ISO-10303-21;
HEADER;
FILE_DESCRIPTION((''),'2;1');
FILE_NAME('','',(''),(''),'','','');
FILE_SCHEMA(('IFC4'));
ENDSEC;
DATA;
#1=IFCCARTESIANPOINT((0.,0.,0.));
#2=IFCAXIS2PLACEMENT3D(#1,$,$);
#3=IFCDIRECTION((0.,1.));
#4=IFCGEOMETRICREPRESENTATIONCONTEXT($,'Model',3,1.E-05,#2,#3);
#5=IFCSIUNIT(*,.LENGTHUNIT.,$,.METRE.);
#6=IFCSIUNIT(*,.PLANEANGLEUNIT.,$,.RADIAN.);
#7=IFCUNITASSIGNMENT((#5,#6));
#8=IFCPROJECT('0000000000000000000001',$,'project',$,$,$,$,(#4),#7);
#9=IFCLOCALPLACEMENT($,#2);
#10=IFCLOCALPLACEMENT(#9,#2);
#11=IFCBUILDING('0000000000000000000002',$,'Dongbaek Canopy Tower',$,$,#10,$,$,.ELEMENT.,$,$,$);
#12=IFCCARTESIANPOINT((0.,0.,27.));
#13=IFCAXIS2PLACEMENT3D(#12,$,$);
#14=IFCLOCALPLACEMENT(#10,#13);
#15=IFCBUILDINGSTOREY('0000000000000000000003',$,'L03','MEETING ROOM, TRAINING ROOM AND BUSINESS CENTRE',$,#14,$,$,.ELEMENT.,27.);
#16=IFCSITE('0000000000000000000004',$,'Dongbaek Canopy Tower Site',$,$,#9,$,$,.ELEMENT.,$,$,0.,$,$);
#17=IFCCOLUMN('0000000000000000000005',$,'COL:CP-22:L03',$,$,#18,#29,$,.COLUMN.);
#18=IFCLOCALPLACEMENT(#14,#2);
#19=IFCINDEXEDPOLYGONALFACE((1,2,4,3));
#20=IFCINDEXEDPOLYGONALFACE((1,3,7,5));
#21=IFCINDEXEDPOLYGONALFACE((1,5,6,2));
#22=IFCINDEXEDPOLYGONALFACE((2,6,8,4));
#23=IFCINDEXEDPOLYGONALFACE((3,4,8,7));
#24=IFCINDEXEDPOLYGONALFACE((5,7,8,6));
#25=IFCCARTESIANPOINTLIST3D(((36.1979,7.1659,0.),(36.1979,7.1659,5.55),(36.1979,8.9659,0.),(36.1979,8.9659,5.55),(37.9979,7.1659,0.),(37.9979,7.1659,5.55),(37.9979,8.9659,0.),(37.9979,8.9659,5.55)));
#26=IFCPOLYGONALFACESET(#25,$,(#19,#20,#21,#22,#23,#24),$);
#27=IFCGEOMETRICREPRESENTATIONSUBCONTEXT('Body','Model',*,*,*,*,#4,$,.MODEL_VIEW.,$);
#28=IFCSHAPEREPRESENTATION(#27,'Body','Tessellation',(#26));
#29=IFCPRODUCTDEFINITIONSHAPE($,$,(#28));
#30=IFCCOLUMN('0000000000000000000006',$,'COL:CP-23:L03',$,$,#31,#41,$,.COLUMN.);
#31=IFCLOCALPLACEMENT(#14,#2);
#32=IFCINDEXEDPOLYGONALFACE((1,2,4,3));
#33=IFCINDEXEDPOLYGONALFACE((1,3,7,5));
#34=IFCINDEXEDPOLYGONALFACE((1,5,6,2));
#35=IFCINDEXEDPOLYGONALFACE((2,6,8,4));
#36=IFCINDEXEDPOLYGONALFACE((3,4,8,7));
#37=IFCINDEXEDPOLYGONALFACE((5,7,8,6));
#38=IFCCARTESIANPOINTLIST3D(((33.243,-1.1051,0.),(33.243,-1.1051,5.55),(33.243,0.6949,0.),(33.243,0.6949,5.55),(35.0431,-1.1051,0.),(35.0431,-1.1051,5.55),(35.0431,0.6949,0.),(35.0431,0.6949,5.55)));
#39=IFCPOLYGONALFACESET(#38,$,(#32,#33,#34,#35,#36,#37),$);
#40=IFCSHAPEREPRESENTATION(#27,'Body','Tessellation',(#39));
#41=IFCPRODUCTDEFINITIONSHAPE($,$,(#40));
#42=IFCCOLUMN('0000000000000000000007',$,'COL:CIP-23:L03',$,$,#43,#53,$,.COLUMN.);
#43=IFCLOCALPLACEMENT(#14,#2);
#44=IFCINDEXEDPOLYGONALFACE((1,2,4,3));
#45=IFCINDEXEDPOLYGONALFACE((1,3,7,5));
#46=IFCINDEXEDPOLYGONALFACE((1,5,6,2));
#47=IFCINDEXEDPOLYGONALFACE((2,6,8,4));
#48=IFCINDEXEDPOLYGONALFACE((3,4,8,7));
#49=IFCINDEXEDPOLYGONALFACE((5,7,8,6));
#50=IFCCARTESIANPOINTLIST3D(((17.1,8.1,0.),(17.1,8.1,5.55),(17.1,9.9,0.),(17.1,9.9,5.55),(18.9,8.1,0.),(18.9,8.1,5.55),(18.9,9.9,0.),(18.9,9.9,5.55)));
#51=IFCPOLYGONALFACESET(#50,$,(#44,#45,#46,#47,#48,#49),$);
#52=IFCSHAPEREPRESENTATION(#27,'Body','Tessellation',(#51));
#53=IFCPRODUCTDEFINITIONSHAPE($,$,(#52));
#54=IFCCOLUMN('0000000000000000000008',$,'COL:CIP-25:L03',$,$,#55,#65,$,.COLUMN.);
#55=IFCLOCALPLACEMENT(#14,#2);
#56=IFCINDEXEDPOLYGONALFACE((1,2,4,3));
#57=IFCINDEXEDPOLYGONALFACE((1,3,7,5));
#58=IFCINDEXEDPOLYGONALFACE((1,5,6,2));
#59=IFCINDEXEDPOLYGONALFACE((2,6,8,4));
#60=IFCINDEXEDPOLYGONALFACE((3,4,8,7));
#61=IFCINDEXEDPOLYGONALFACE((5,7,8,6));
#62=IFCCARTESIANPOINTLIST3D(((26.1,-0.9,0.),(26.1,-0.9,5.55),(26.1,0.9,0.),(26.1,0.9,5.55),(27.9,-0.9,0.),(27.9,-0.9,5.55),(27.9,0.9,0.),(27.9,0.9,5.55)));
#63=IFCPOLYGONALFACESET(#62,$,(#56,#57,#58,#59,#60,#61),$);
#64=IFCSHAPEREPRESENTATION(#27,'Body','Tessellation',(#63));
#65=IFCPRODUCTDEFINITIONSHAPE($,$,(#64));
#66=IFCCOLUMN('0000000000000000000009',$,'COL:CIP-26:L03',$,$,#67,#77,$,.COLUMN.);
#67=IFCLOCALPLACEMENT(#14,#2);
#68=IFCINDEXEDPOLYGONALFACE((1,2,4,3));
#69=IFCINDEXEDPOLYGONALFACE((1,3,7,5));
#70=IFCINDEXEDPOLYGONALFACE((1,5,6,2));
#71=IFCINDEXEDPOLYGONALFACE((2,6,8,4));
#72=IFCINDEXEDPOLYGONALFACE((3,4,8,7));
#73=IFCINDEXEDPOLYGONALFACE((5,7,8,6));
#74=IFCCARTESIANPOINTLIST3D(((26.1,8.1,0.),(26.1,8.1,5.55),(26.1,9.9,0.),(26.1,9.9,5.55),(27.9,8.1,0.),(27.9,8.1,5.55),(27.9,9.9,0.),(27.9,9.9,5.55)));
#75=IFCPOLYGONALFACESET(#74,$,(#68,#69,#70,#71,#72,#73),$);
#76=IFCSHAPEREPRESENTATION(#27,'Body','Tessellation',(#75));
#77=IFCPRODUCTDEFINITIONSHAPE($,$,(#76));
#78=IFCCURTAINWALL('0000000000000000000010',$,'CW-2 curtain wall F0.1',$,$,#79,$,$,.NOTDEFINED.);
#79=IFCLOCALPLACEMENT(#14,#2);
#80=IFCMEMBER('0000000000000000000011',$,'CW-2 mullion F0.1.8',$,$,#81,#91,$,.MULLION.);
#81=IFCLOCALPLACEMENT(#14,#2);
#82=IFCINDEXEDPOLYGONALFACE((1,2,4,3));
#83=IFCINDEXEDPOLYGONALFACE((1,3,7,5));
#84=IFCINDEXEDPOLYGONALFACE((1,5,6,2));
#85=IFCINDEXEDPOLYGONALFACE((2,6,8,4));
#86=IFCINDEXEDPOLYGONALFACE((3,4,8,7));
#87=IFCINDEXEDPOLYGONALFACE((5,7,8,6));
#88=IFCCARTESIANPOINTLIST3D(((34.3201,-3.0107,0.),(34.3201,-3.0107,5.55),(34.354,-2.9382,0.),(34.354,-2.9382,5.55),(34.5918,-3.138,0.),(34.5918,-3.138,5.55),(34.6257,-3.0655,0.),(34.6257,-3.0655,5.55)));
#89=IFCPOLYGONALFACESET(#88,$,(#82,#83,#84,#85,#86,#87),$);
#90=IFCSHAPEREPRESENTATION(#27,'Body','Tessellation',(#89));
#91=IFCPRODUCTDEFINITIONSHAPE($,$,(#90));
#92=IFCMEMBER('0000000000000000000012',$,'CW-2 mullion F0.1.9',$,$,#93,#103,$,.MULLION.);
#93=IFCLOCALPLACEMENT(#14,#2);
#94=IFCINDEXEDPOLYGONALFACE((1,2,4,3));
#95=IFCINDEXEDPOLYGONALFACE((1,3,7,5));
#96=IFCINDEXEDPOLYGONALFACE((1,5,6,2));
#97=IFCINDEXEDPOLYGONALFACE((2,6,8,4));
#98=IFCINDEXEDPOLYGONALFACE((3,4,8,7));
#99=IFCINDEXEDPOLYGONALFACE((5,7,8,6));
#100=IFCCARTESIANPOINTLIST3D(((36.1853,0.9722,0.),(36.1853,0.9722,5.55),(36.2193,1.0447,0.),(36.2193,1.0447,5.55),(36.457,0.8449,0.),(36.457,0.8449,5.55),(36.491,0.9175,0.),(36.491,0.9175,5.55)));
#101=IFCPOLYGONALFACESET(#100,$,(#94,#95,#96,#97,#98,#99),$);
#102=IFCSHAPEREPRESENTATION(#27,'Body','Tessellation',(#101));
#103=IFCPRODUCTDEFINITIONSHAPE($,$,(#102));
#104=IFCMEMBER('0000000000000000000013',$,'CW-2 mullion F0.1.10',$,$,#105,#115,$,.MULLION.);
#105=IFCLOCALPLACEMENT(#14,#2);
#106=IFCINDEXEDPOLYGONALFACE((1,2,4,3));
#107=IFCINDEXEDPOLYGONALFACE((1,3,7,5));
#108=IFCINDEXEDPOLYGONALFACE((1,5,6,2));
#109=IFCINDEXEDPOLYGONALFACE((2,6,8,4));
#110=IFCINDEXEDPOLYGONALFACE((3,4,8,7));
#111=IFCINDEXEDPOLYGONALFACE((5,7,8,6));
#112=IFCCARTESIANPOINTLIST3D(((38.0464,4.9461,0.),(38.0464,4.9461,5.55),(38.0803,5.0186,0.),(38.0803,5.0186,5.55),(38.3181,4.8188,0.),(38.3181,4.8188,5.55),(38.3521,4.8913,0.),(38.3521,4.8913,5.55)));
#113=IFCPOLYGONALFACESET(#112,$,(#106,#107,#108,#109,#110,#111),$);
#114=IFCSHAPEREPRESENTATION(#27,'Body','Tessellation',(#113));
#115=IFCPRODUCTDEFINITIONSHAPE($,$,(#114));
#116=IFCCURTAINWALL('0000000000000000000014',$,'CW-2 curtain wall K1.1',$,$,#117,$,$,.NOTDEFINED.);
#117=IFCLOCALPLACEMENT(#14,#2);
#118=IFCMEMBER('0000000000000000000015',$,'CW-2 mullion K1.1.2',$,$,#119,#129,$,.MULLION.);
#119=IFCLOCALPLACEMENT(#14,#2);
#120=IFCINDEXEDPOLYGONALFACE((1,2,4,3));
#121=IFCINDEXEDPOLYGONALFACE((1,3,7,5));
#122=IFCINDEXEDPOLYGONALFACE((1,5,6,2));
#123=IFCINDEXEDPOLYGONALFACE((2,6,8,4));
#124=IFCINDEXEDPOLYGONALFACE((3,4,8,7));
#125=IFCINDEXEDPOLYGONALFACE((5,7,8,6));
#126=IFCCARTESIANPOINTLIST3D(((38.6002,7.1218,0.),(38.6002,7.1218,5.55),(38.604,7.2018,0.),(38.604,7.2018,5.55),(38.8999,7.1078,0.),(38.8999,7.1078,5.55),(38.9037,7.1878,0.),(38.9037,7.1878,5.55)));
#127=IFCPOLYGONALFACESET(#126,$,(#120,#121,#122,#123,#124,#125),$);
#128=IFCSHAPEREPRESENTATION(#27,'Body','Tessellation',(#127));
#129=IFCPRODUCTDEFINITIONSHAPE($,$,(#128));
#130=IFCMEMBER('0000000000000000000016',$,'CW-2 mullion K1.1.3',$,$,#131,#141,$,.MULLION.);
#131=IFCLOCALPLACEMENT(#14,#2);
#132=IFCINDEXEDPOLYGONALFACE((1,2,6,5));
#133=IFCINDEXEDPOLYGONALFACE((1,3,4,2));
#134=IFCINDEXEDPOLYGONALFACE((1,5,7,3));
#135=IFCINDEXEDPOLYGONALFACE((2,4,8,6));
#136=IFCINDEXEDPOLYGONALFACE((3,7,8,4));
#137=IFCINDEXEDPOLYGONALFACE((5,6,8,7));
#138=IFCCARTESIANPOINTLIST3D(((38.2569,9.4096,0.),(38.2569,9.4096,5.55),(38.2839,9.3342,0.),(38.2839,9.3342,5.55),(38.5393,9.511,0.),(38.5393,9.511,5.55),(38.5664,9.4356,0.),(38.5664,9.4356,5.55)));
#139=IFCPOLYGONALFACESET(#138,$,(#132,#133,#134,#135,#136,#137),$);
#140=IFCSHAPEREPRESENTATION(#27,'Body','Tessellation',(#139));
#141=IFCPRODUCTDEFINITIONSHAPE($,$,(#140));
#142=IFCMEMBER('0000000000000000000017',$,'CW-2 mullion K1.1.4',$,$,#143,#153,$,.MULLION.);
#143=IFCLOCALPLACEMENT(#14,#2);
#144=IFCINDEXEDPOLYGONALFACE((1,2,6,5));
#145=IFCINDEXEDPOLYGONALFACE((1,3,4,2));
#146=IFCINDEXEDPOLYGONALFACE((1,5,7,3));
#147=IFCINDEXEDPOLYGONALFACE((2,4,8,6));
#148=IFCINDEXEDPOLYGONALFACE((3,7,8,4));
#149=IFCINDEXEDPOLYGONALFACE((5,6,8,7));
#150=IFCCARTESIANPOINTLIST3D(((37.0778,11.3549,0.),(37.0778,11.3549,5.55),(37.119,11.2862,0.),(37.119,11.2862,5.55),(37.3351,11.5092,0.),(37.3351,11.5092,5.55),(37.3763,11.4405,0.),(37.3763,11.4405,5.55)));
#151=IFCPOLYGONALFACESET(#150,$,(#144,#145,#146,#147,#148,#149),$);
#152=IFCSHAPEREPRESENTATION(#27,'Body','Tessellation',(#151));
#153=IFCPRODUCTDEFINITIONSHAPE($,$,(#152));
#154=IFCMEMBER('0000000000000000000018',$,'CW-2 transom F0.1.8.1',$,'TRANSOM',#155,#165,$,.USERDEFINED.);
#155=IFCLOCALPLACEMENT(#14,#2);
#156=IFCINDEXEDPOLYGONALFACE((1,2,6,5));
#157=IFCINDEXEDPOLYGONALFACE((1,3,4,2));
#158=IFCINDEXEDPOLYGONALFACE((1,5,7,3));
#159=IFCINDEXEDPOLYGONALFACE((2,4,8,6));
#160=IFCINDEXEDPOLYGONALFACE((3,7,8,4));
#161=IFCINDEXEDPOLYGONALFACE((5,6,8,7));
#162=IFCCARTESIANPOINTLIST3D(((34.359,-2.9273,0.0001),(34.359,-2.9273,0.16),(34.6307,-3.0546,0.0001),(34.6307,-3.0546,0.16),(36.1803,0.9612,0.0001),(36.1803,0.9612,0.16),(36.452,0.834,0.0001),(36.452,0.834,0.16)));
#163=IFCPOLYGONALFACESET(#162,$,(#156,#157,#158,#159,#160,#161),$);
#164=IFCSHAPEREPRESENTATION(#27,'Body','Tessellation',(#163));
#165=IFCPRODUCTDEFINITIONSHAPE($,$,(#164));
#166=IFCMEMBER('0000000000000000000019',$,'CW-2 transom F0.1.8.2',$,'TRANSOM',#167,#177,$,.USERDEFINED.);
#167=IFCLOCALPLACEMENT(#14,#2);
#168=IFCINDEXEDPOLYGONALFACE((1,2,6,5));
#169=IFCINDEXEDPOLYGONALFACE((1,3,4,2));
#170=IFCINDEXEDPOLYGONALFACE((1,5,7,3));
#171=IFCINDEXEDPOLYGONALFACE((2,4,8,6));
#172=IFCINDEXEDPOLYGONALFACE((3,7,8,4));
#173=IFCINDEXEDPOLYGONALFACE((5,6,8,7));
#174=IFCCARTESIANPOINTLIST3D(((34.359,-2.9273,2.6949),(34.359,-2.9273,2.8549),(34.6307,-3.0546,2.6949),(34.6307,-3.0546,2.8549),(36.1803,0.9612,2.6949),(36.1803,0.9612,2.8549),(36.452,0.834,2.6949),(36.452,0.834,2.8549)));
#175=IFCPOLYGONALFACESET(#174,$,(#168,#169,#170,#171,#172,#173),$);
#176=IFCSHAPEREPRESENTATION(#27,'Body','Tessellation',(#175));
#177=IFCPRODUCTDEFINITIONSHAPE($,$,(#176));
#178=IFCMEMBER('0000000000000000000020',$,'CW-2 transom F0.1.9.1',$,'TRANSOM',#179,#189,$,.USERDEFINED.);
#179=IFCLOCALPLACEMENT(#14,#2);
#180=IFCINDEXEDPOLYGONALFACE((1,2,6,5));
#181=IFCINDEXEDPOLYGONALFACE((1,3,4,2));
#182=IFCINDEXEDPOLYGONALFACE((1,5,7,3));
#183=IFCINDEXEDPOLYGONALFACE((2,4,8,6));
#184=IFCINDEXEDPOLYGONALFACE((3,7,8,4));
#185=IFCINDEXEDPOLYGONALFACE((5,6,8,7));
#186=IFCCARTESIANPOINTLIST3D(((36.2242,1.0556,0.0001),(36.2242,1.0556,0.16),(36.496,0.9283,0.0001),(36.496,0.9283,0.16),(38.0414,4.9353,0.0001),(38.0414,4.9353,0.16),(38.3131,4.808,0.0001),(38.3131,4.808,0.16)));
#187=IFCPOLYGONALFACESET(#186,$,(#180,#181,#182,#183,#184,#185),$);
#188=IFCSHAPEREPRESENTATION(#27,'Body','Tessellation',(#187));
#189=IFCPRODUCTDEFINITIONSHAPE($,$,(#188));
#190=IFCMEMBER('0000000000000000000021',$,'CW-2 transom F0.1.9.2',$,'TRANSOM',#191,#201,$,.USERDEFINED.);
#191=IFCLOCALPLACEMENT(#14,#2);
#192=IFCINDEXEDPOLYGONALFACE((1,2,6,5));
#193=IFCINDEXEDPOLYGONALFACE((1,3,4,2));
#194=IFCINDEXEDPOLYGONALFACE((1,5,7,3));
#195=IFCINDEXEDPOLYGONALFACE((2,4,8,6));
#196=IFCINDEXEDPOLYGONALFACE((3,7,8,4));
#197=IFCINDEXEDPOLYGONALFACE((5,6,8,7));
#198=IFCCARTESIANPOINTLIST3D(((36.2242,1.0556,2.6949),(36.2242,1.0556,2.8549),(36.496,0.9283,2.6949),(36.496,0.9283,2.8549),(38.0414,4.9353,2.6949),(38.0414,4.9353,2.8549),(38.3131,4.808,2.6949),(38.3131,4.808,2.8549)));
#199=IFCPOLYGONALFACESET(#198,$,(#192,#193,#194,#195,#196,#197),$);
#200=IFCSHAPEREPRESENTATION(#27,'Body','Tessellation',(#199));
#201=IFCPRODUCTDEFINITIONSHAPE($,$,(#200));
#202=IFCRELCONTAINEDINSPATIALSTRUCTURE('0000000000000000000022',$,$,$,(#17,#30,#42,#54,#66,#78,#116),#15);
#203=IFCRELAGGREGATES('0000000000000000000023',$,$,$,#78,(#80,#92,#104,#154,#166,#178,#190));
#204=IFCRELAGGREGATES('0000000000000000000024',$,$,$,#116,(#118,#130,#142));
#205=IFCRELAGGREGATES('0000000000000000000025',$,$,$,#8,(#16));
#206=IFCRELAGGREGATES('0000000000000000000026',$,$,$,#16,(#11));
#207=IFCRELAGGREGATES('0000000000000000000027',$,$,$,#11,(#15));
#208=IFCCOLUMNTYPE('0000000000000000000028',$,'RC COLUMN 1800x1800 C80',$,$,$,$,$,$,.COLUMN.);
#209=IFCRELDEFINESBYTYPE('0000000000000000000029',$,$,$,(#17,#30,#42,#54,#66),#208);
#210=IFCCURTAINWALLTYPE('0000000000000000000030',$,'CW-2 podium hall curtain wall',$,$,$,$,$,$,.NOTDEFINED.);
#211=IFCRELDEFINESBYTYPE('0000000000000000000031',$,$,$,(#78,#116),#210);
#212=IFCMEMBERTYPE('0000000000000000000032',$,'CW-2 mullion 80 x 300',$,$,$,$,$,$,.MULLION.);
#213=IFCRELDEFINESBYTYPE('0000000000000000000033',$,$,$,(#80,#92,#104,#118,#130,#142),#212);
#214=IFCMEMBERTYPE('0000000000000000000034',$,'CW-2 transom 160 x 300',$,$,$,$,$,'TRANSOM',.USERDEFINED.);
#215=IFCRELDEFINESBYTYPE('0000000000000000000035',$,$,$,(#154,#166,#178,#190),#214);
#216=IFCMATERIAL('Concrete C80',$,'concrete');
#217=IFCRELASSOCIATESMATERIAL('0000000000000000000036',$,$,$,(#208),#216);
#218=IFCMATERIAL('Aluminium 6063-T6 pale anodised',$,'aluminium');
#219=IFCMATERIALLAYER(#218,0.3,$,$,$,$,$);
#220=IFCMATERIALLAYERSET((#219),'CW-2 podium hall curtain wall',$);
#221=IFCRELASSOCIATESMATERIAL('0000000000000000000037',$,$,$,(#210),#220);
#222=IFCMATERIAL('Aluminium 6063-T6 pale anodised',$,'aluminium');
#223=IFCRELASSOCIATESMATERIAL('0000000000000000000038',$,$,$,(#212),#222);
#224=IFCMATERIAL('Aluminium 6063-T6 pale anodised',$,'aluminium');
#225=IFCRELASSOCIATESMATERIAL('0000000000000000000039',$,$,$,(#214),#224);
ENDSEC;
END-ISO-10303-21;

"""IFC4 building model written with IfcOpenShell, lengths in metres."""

from ifc_helpers import new_model, si_unit, direction, frame, origin, origin_2d, place, context, subcontext, project, spatial, rectangle, extrude, material, layer, layer_set, material_profile, profile_set, type_object, element, aggregate, save


model = new_model("IFC4")

# Units and contexts
model_context = context("Model", 3, precision=1e-05, world=origin(), true_north=direction((0.0, 1.0)))
body_context = subcontext(model_context, "Body", "Model", "MODEL_VIEW")
ifc_project = project(units=[si_unit("LENGTHUNIT", "METRE"), si_unit("PLANEANGLEUNIT", "RADIAN")], contexts=[model_context])

# Site, building, storey
site_placement = place(None, origin())
site = spatial("IfcSite", under=ifc_project, at=site_placement, Name="Dongbaek Canopy Tower Site", CompositionType="ELEMENT", RefElevation=0.0)
building_placement = place(site_placement, origin())
building = spatial("IfcBuilding", under=site, at=building_placement, Name="Dongbaek Canopy Tower", CompositionType="ELEMENT")
storey_placement = place(building_placement, frame((0.0, 0.0, 27.0)))
storey = spatial("IfcBuildingStorey", under=building, at=storey_placement, Name="L03", Description="MEETING ROOM, TRAINING ROOM AND BUSINESS CENTRE", CompositionType="ELEMENT", Elevation=27.0)

# Columns
ifc_material_1 = material(Name="Concrete C80", Category="concrete")
ifc_material_profile_1 = material_profile(ifc_material_1, rectangle(XDim=1.8, YDim=1.8, at=origin_2d()), Name="RC COLUMN 1800x1800 C80")
ifc_profile_set_1 = profile_set([ifc_material_profile_1], Name="Concrete C80")
column_type = type_object("IfcColumnType", Name="RC COLUMN 1800x1800 C80", PredefinedType="COLUMN", material=ifc_profile_set_1)
for number, where, z_axis, x_axis, name in (
    (1, (37.0979, 8.0659, 0.0), (0.0, 0.0, 1.0), (1.0, 0.0, 0.0), "COL:CP-22:L03"),
    (2, (34.1431, -0.2051, 0.0), (0.0, 0.0, 1.0), (1.0, 0.0, 0.0), "COL:CP-23:L03"),
    (3, (18.0, 9.0, 0.0), (0.0, 0.0, 1.0), (1.0, 0.0, 0.0), "COL:CIP-23:L03"),
    (4, (27.0, 0.0, 0.0), (0.0, 0.0, 1.0), (1.0, 0.0, 0.0), "COL:CIP-25:L03"),
    (5, (27.0, 9.0, 0.0), (0.0, 0.0, 1.0), (1.0, 0.0, 0.0), "COL:CIP-26:L03"),
):
    element("IfcColumn", number, at=place(storey_placement, frame(where, z_axis=z_axis, x_axis=x_axis)), inside=storey, type_object=column_type, Name=name, PredefinedType="COLUMN", context=body_context, shape_type="SweptSolid", body=[
        extrude(rectangle(XDim=1.8, YDim=1.8, at=origin_2d()), origin(), (0.0, 0.0, 1.0), 5.55),
    ])

# Curtain walls, members
ifc_material_2 = material(Name="Aluminium 6063-T6 pale anodised", Category="aluminium")
ifc_layer_1 = layer(ifc_material_2, 0.3)
ifc_layer_set_1 = layer_set([ifc_layer_1], Name="CW-2 podium hall curtain wall")
curtain_wall_type = type_object("IfcCurtainWallType", Name="CW-2 podium hall curtain wall", PredefinedType="NOTDEFINED", material=ifc_layer_set_1)
curtain_wall_1_placement = place(storey_placement, origin())
curtain_wall_1 = element("IfcCurtainWall", 6, at=curtain_wall_1_placement, inside=storey, type_object=curtain_wall_type, Name="CW-2 curtain wall F0.1", PredefinedType="NOTDEFINED")
ifc_material_3 = material(Name="Aluminium 6063-T6 pale anodised", Category="aluminium")
ifc_material_profile_2 = material_profile(ifc_material_3, rectangle(XDim=0.3, YDim=0.0801, at=origin_2d()), Name="CW-2 mullion 80 x 300")
ifc_profile_set_2 = profile_set([ifc_material_profile_2], Name="Aluminium 6063-T6 pale anodised")
member_type_1 = type_object("IfcMemberType", Name="CW-2 mullion 80 x 300", PredefinedType="MULLION", material=ifc_profile_set_2)
member_1_placement = place(storey_placement, frame((34.4729, -3.0381, 0.0), z_axis=(0.0, 0.0, 1.0), x_axis=(0.905605, -0.424123, 0.0)))
member_1 = element("IfcMember", 7, at=member_1_placement, type_object=member_type_1, Name="CW-2 mullion F0.1.8", PredefinedType="MULLION", context=body_context, shape_type="SweptSolid", body=[
    extrude(rectangle(XDim=0.3, YDim=0.0801, at=origin_2d()), origin(), (0.0, 0.0, 1.0), 5.55),
])
member_2_placement = place(storey_placement, frame((36.3381, 0.9448, 0.0), z_axis=(0.0, 0.0, 1.0), x_axis=(0.905605, -0.424123, 0.0)))
member_2 = element("IfcMember", 8, at=member_2_placement, type_object=member_type_1, Name="CW-2 mullion F0.1.9", PredefinedType="MULLION", context=body_context, shape_type="SweptSolid", body=[
    extrude(rectangle(XDim=0.3, YDim=0.0801, at=origin_2d()), origin(), (0.0, 0.0, 1.0), 5.55),
])
member_3_placement = place(storey_placement, frame((38.1992, 4.9187, 0.0), z_axis=(0.0, 0.0, 1.0), x_axis=(0.905605, -0.424123, 0.0)))
member_3 = element("IfcMember", 9, at=member_3_placement, type_object=member_type_1, Name="CW-2 mullion F0.1.10", PredefinedType="MULLION", context=body_context, shape_type="SweptSolid", body=[
    extrude(rectangle(XDim=0.3, YDim=0.0801, at=origin_2d()), origin(), (0.0, 0.0, 1.0), 5.55),
])
curtain_wall_2_placement = place(storey_placement, origin())
curtain_wall_2 = element("IfcCurtainWall", 10, at=curtain_wall_2_placement, inside=storey, type_object=curtain_wall_type, Name="CW-2 curtain wall K1.1", PredefinedType="NOTDEFINED")
member_4_placement = place(storey_placement, frame((38.752, 7.1548, 0.0), z_axis=(0.0, 0.0, 1.0), x_axis=(0.99891, -0.046676, 0.0)))
member_4 = element("IfcMember", 11, at=member_4_placement, type_object=member_type_1, Name="CW-2 mullion K1.1.2", PredefinedType="MULLION", context=body_context, shape_type="SweptSolid", body=[
    extrude(rectangle(XDim=0.3, YDim=0.0801, at=origin_2d()), origin(), (0.0, 0.0, 1.0), 5.55),
])
member_5_placement = place(storey_placement, frame((38.4116, 9.4226, 0.0), z_axis=(0.0, 0.0, 1.0), x_axis=(0.941208, 0.337827, 0.0)))
member_5 = element("IfcMember", 12, at=member_5_placement, type_object=member_type_1, Name="CW-2 mullion K1.1.3", PredefinedType="MULLION", context=body_context, shape_type="SweptSolid", body=[
    extrude(rectangle(XDim=0.3, YDim=0.0801, at=origin_2d()), origin(), (0.0, 0.0, 1.0), 5.55),
])
member_6_placement = place(storey_placement, frame((37.2271, 11.3977, 0.0), z_axis=(0.0, 0.0, 1.0), x_axis=(0.857576, 0.514356, 0.0)))
member_6 = element("IfcMember", 13, at=member_6_placement, type_object=member_type_1, Name="CW-2 mullion K1.1.4", PredefinedType="MULLION", context=body_context, shape_type="SweptSolid", body=[
    extrude(rectangle(XDim=0.3, YDim=0.0801, at=origin_2d()), origin(), (0.0, 0.0, 1.0), 5.55),
])

# Members
ifc_material_4 = material(Name="Aluminium 6063-T6 pale anodised", Category="aluminium")
ifc_material_profile_3 = material_profile(ifc_material_4, rectangle(XDim=0.3, YDim=0.1599, at=origin_2d()), Name="CW-2 transom 160 x 300")
ifc_profile_set_3 = profile_set([ifc_material_profile_3], Name="Aluminium 6063-T6 pale anodised")
member_type_2 = type_object("IfcMemberType", Name="CW-2 transom 160 x 300", ElementType="TRANSOM", PredefinedType="USERDEFINED", material=ifc_profile_set_3)
member_7_placement = place(storey_placement, frame((34.4949, -2.991, 0.0801), z_axis=(0.424143, 0.905595, 0.0), x_axis=(-0.905595, 0.424143, 0.0)))
member_7 = element("IfcMember", 14, at=member_7_placement, type_object=member_type_2, Name="CW-2 transom F0.1.8.1", ObjectType="TRANSOM", PredefinedType="USERDEFINED", context=body_context, shape_type="SweptSolid", body=[
    extrude(rectangle(XDim=0.3, YDim=0.1599, at=origin_2d()), origin(), (0.0, 0.0, 1.0), 4.2939),
])
member_8_placement = place(storey_placement, frame((34.4949, -2.991, 2.7749), z_axis=(0.424143, 0.905595, 0.0), x_axis=(-0.905595, 0.424143, 0.0)))
member_8 = element("IfcMember", 15, at=member_8_placement, type_object=member_type_2, Name="CW-2 transom F0.1.8.2", ObjectType="TRANSOM", PredefinedType="USERDEFINED", context=body_context, shape_type="SweptSolid", body=[
    extrude(rectangle(XDim=0.3, YDim=0.1599, at=origin_2d()), origin(), (0.0, 0.0, 1.0), 4.2939),
])
member_9_placement = place(storey_placement, frame((36.3601, 0.9919, 0.0801), z_axis=(0.424158, 0.905588, 0.0), x_axis=(-0.905588, 0.424158, 0.0)))
member_9 = element("IfcMember", 16, at=member_9_placement, type_object=member_type_2, Name="CW-2 transom F0.1.9.1", ObjectType="TRANSOM", PredefinedType="USERDEFINED", context=body_context, shape_type="SweptSolid", body=[
    extrude(rectangle(XDim=0.3, YDim=0.1599, at=origin_2d()), origin(), (0.0, 0.0, 1.0), 4.2842),
])
member_10_placement = place(storey_placement, frame((36.3601, 0.9919, 2.7749), z_axis=(0.424158, 0.905588, 0.0), x_axis=(-0.905588, 0.424158, 0.0)))
member_10 = element("IfcMember", 17, at=member_10_placement, type_object=member_type_2, Name="CW-2 transom F0.1.9.2", ObjectType="TRANSOM", PredefinedType="USERDEFINED", context=body_context, shape_type="SweptSolid", body=[
    extrude(rectangle(XDim=0.3, YDim=0.1599, at=origin_2d()), origin(), (0.0, 0.0, 1.0), 4.2842),
])

aggregate(curtain_wall_1, [member_1, member_2, member_3, member_7, member_8, member_9, member_10])
aggregate(curtain_wall_2, [member_4, member_5, member_6])

save(model, "model.ifc")
